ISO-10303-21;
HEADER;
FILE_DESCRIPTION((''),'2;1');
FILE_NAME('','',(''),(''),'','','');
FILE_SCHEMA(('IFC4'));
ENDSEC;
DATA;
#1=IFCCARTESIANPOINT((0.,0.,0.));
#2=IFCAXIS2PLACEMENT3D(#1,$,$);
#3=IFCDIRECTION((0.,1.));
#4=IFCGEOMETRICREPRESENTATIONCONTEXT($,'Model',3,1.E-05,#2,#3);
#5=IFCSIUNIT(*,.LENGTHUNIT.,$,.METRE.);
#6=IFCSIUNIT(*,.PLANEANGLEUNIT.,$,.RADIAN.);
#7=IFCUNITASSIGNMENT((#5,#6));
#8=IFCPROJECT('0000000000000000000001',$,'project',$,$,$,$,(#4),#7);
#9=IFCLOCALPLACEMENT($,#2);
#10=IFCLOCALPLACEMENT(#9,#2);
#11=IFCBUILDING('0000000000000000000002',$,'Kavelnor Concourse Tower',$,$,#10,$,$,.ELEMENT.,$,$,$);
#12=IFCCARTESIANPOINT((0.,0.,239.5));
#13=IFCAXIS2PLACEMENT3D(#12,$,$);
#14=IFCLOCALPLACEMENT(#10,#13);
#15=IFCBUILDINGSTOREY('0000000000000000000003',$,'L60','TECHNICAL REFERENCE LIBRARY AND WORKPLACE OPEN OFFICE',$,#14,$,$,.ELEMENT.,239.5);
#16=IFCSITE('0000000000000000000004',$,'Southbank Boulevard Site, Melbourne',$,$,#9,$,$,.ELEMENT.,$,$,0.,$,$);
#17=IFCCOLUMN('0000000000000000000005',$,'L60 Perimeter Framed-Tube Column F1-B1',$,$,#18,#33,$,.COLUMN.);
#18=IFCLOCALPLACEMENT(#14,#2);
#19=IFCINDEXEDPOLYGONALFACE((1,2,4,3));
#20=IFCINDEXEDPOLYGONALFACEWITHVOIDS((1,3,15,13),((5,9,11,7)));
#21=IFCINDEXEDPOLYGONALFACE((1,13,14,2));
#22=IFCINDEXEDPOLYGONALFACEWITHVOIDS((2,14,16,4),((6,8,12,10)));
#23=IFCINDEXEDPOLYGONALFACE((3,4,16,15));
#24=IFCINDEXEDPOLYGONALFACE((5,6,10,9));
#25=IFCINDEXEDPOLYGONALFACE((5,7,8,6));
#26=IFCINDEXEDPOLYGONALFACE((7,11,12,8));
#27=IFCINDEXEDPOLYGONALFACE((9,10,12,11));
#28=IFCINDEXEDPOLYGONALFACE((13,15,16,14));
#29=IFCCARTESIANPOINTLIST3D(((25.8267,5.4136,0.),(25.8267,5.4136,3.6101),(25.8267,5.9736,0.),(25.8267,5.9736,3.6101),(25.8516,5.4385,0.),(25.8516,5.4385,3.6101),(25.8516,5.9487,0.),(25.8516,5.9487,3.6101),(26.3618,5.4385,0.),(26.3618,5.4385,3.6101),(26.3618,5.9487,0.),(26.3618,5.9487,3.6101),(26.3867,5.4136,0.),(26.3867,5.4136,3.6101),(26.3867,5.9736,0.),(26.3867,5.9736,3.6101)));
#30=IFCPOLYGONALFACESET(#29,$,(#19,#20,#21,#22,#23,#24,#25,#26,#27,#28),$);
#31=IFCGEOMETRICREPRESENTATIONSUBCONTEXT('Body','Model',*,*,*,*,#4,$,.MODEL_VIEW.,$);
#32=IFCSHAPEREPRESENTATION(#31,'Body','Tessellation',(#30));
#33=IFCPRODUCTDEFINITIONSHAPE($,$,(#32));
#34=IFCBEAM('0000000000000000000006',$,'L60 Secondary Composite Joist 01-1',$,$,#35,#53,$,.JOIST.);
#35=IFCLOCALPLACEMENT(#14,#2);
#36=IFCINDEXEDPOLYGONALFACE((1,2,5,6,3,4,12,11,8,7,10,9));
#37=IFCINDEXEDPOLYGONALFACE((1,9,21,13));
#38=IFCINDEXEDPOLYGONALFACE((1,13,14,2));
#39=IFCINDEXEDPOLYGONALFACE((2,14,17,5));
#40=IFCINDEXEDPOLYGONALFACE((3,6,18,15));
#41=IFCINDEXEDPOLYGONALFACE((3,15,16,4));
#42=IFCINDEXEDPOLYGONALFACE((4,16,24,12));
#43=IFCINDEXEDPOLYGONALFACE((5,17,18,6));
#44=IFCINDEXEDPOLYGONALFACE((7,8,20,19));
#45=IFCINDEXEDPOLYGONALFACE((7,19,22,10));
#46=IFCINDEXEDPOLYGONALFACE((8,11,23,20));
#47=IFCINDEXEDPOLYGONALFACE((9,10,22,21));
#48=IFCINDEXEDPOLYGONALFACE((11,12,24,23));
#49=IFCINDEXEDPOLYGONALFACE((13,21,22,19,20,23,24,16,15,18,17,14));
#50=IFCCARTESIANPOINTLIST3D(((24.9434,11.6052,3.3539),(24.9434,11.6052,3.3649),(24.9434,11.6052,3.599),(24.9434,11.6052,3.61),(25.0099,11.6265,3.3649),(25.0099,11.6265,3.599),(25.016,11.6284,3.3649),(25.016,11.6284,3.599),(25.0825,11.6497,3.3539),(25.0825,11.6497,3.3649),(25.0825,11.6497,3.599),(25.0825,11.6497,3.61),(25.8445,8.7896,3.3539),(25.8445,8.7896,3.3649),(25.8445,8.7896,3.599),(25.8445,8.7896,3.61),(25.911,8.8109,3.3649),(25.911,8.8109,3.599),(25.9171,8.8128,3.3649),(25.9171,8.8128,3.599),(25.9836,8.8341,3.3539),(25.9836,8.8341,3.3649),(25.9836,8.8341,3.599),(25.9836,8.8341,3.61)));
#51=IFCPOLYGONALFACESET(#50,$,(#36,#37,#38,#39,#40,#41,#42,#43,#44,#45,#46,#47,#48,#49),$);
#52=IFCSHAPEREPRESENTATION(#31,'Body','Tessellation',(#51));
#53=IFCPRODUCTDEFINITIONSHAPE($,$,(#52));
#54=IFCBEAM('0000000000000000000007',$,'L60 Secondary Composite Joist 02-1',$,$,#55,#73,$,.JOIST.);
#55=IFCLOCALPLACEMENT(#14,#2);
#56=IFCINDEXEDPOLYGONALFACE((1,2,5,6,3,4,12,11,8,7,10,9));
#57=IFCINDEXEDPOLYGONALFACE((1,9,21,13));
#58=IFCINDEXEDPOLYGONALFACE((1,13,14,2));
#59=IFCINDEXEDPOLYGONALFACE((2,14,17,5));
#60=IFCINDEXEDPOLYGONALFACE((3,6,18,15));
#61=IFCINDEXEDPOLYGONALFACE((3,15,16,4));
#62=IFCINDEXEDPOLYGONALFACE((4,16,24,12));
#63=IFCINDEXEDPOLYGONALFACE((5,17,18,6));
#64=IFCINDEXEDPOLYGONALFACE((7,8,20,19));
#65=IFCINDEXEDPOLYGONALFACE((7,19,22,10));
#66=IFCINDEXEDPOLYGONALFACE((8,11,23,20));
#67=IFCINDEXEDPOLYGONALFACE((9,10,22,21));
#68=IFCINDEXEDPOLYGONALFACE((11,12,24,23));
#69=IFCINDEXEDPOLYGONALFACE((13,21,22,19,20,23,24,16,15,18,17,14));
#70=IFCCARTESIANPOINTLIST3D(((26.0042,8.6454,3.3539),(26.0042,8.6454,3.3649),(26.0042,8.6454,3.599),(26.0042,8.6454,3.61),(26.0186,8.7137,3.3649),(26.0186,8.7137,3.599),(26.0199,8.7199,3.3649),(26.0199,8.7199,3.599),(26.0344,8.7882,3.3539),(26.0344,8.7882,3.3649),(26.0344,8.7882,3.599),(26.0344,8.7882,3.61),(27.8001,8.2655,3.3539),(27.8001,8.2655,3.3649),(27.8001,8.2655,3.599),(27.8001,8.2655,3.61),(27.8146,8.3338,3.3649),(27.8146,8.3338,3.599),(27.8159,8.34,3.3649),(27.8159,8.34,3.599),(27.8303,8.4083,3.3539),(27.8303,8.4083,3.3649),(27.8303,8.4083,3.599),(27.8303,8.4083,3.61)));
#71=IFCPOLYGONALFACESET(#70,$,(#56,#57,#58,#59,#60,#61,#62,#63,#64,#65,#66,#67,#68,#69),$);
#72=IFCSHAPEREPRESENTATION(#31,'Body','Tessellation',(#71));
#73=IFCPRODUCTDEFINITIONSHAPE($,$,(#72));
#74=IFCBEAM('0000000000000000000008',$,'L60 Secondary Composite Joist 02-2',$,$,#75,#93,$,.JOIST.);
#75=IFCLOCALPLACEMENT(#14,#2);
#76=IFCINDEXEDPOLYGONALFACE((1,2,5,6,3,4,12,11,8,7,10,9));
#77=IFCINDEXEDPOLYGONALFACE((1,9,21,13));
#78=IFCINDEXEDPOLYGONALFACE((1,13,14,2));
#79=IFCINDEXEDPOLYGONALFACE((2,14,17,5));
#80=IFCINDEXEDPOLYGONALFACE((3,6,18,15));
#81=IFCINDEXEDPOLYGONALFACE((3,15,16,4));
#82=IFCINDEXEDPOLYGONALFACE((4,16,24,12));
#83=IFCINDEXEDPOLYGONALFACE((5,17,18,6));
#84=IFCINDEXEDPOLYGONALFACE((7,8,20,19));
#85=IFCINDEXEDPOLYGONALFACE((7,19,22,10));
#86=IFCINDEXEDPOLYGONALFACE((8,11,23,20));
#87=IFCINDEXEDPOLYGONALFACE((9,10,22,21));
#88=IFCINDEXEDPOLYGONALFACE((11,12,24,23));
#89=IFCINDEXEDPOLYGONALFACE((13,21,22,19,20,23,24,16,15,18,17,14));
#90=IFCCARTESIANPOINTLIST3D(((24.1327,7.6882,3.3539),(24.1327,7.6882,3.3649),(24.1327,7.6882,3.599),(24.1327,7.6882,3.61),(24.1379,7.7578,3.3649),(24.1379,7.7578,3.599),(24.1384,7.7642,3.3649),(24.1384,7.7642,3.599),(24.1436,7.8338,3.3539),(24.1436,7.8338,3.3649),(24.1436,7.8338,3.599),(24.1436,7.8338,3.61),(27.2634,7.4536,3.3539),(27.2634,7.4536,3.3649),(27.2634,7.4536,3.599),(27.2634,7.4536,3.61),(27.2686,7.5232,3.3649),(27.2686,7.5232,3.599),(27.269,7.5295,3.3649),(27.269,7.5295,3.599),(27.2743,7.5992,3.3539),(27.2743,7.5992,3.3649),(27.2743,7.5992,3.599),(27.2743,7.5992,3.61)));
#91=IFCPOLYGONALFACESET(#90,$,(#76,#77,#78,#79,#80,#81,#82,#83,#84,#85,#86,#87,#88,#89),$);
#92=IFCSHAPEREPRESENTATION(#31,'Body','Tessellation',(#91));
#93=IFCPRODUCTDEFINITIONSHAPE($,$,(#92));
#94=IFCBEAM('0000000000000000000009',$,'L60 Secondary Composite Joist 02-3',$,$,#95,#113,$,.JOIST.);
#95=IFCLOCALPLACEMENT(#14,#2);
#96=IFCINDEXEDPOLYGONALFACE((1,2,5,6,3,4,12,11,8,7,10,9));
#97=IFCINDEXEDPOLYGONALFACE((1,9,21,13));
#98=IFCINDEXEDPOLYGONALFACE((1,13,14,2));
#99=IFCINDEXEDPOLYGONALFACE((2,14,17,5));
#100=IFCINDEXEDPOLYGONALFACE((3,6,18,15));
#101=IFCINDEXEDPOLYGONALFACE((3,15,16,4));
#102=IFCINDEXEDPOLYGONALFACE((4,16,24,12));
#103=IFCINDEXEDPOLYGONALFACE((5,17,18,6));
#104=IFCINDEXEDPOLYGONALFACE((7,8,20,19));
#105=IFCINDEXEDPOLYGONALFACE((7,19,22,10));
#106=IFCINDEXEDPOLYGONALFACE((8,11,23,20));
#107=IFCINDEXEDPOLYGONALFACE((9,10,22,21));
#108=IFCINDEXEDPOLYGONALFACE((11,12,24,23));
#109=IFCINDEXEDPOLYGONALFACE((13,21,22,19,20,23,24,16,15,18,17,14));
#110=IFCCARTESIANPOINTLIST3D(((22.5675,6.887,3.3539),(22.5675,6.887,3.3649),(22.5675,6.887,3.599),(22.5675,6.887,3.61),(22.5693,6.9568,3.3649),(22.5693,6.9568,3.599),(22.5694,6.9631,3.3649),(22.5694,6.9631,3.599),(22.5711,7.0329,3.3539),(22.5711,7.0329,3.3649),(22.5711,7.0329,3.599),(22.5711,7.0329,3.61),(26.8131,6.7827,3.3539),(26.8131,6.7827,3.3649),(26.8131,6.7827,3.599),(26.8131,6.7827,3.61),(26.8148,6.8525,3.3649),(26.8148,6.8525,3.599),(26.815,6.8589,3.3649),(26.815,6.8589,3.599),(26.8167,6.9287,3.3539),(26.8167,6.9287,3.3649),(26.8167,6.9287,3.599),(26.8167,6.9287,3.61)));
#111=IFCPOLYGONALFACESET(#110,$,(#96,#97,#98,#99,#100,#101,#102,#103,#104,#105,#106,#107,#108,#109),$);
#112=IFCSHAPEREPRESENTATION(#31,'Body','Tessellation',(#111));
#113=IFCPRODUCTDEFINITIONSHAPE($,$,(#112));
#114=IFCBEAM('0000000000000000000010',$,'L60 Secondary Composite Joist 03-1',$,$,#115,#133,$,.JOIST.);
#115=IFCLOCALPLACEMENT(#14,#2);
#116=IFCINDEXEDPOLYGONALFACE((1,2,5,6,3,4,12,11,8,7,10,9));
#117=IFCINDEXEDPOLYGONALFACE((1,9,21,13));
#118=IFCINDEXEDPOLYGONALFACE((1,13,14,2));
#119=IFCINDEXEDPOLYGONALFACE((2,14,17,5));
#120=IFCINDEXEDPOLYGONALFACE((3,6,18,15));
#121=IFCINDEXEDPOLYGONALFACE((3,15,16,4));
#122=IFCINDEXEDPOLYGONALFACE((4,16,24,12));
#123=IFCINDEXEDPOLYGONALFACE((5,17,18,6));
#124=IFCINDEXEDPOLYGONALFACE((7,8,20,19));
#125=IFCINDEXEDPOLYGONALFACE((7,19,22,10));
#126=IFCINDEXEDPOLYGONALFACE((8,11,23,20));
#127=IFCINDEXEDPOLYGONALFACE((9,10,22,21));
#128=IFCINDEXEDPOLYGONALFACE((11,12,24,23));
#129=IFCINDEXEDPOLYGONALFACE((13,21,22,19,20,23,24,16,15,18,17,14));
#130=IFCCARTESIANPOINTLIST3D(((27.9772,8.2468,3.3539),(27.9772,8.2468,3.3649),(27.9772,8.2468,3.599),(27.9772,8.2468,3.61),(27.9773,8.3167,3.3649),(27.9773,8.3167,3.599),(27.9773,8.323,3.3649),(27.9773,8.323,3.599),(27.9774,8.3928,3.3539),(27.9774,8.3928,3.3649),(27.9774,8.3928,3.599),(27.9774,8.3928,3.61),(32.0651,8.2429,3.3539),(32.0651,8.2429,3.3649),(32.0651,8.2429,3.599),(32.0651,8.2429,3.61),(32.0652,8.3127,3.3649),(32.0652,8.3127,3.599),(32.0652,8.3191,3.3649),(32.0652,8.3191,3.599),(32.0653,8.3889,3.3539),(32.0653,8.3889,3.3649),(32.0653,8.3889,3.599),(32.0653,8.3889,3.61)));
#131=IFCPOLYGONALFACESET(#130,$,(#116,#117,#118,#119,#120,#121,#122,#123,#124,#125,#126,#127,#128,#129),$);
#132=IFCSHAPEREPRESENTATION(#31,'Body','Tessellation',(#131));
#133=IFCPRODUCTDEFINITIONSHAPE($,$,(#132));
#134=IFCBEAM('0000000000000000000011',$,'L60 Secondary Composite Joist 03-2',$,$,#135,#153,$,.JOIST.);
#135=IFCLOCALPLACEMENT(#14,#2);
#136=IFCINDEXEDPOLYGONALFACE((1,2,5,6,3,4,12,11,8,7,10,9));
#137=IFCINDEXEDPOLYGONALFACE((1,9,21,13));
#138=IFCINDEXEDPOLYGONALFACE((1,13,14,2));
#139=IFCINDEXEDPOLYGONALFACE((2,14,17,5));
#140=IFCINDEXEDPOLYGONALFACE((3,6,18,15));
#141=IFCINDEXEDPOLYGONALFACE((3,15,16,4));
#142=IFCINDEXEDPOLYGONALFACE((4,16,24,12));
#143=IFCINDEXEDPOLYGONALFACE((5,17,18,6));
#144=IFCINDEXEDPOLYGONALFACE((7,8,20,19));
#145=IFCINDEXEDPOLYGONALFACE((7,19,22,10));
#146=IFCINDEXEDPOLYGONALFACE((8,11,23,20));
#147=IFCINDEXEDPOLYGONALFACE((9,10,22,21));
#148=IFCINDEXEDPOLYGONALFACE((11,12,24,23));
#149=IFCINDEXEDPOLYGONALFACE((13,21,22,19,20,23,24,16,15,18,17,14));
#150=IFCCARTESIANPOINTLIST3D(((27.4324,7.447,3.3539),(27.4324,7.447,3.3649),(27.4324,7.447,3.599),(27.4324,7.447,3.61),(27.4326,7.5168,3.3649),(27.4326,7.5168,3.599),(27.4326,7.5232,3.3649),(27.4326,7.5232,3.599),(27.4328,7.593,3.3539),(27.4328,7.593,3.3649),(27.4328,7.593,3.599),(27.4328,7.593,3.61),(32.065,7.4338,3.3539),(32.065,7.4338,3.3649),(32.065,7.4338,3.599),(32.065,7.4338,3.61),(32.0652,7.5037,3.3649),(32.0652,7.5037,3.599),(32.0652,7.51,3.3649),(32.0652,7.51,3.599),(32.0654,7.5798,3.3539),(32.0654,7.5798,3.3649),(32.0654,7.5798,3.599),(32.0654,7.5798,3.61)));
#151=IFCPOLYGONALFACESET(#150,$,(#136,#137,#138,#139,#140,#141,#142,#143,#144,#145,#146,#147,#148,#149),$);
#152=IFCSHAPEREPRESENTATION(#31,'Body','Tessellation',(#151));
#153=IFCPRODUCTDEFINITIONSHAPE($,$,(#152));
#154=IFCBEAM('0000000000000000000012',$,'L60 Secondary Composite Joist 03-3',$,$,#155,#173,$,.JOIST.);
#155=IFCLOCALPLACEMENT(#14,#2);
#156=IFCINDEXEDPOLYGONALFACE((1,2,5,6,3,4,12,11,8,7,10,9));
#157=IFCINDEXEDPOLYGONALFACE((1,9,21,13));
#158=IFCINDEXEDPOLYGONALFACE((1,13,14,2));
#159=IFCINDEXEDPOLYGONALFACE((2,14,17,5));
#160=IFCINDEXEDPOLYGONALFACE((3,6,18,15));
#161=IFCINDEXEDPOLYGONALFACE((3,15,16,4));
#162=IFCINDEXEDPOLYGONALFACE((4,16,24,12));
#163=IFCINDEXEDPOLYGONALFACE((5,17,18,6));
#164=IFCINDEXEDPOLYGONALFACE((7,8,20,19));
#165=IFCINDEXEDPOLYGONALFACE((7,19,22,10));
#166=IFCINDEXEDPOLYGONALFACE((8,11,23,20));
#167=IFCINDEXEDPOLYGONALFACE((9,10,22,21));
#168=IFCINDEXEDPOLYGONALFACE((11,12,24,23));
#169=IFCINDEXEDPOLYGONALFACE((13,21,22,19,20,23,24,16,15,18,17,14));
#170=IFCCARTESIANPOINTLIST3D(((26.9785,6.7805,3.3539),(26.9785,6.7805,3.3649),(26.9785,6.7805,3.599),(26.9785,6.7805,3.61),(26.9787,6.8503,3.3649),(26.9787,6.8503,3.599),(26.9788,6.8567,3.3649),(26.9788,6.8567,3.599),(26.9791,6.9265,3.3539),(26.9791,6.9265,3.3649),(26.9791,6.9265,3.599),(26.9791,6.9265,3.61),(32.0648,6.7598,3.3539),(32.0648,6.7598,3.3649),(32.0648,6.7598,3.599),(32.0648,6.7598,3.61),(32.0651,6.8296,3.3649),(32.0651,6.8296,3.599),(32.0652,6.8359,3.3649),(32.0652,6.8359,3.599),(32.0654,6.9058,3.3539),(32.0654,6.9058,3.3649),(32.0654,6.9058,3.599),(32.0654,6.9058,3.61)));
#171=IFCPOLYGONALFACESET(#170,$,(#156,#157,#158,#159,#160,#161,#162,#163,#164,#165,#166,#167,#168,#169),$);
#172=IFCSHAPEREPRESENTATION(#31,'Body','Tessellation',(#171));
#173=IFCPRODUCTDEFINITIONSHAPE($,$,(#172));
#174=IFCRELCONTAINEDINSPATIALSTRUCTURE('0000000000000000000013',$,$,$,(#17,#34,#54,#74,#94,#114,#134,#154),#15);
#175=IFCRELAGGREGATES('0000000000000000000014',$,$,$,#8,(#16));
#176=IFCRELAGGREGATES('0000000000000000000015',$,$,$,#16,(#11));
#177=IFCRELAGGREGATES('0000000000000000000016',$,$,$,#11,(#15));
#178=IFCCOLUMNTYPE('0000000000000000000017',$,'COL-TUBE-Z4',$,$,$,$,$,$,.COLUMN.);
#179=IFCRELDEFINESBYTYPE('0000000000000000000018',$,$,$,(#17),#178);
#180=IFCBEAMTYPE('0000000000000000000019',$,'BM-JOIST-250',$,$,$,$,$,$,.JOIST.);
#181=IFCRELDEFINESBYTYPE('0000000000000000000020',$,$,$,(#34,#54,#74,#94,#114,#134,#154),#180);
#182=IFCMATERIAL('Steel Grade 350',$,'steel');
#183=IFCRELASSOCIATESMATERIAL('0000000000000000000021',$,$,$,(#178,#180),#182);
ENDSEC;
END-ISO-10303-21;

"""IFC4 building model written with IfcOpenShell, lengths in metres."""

from ifc_helpers import new_model, si_unit, direction, frame, origin, origin_2d, place, context, subcontext, project, spatial, hollow_rectangle, i_section, extrude, material, material_profile, profile_set, type_object, element, save


model = new_model("IFC4")

# Units and contexts
model_context = context("Model", 3, precision=1e-05, world=origin(), true_north=direction((0.0, 1.0)))
body_context = subcontext(model_context, "Body", "Model", "MODEL_VIEW")
ifc_project = project(units=[si_unit("LENGTHUNIT", "METRE"), si_unit("PLANEANGLEUNIT", "RADIAN")], contexts=[model_context])

# Site, building, storey
site_placement = place(None, origin())
site = spatial("IfcSite", under=ifc_project, at=site_placement, Name="Southbank Boulevard Site, Melbourne", CompositionType="ELEMENT", RefElevation=0.0)
building_placement = place(site_placement, origin())
building = spatial("IfcBuilding", under=site, at=building_placement, Name="Kavelnor Concourse Tower", CompositionType="ELEMENT")
storey_placement = place(building_placement, frame((0.0, 0.0, 239.5)))
storey = spatial("IfcBuildingStorey", under=building, at=storey_placement, Name="L60", Description="TECHNICAL REFERENCE LIBRARY AND WORKPLACE OPEN OFFICE", CompositionType="ELEMENT", Elevation=239.5)

# Column
ifc_material_1 = material(Name="Steel Grade 350", Category="steel")
ifc_material_profile_1 = material_profile(ifc_material_1, hollow_rectangle(XDim=0.5601, YDim=0.5601, WallThickness=0.0249, at=origin_2d()), Name="SHS 560x560x25")
ifc_profile_set_1 = profile_set([ifc_material_profile_1], Name="Steel Grade 350")
column_type = type_object("IfcColumnType", Name="COL-TUBE-Z4", PredefinedType="COLUMN", material=ifc_profile_set_1)
column_placement = place(storey_placement, frame((26.1067, 5.6936, 0.0), z_axis=(0.0, 0.0, 1.0), x_axis=(1.0, 0.0, 0.0)))
element("IfcColumn", 1, at=column_placement, inside=storey, type_object=column_type, Name="L60 Perimeter Framed-Tube Column F1-B1", PredefinedType="COLUMN", context=body_context, shape_type="SweptSolid", body=[
    extrude(hollow_rectangle(XDim=0.5601, YDim=0.5601, WallThickness=0.0249, at=origin_2d()), origin(), (0.0, 0.0, 1.0), 3.6101),
])

# Beams
ifc_material_profile_2 = material_profile(ifc_material_1, i_section(OverallWidth=0.146, OverallDepth=0.2561, WebThickness=0.0063, FlangeThickness=0.011, at=origin_2d()), Name="250UB37")
ifc_profile_set_2 = profile_set([ifc_material_profile_2], Name="Steel Grade 350")
beam_type_1 = type_object("IfcBeamType", Name="BM-JOIST-250", PredefinedType="JOIST", material=ifc_profile_set_2)
beam_1_placement = place(storey_placement, frame((25.0129, 11.6274, 3.4819), z_axis=(0.304809, -0.952414, 0.0), x_axis=(0.952414, 0.304809, 0.0)))
element("IfcBeam", 2, at=beam_1_placement, inside=storey, type_object=beam_type_1, Name="L60 Secondary Composite Joist 01-1", PredefinedType="JOIST", context=body_context, shape_type="SweptSolid", body=[
    extrude(i_section(OverallWidth=0.146, OverallDepth=0.2561, WebThickness=0.0063, FlangeThickness=0.011, at=origin_2d()), origin(), (0.0, 0.0, 1.0), 2.9563),
])
beam_2_placement = place(storey_placement, frame((26.0193, 8.7168, 3.4819), z_axis=(0.978352, -0.206949, 0.0), x_axis=(0.206949, 0.978352, 0.0)))
element("IfcBeam", 3, at=beam_2_placement, inside=storey, type_object=beam_type_1, Name="L60 Secondary Composite Joist 02-1", PredefinedType="JOIST", context=body_context, shape_type="SweptSolid", body=[
    extrude(i_section(OverallWidth=0.146, OverallDepth=0.2561, WebThickness=0.0063, FlangeThickness=0.011, at=origin_2d()), origin(), (0.0, 0.0, 1.0), 1.8357),
])
beam_3_placement = place(storey_placement, frame((24.1382, 7.761, 3.4819), z_axis=(0.997204, -0.074734, 0.0), x_axis=(0.074734, 0.997204, 0.0)))
element("IfcBeam", 4, at=beam_3_placement, inside=storey, type_object=beam_type_1, Name="L60 Secondary Composite Joist 02-2", PredefinedType="JOIST", context=body_context, shape_type="SweptSolid", body=[
    extrude(i_section(OverallWidth=0.146, OverallDepth=0.2561, WebThickness=0.0063, FlangeThickness=0.011, at=origin_2d()), origin(), (0.0, 0.0, 1.0), 3.1394),
])
beam_4_placement = place(storey_placement, frame((22.5693, 6.96, 3.4819), z_axis=(0.999699, -0.024547, 0.0), x_axis=(0.024547, 0.999699, 0.0)))
element("IfcBeam", 5, at=beam_4_placement, inside=storey, type_object=beam_type_1, Name="L60 Secondary Composite Joist 02-3", PredefinedType="JOIST", context=body_context, shape_type="SweptSolid", body=[
    extrude(i_section(OverallWidth=0.146, OverallDepth=0.2561, WebThickness=0.0063, FlangeThickness=0.011, at=origin_2d()), origin(), (0.0, 0.0, 1.0), 4.2468),
])
beam_5_placement = place(storey_placement, frame((27.9773, 8.3198, 3.4819), z_axis=(1.0, -0.000956, 0.0), x_axis=(0.000956, 1.0, 0.0)))
element("IfcBeam", 6, at=beam_5_placement, inside=storey, type_object=beam_type_1, Name="L60 Secondary Composite Joist 03-1", PredefinedType="JOIST", context=body_context, shape_type="SweptSolid", body=[
    extrude(i_section(OverallWidth=0.146, OverallDepth=0.2561, WebThickness=0.0063, FlangeThickness=0.011, at=origin_2d()), origin(), (0.0, 0.0, 1.0), 4.0879),
])
beam_6_placement = place(storey_placement, frame((27.4326, 7.52, 3.4819), z_axis=(0.999996, -0.002846, 0.0), x_axis=(0.002846, 0.999996, 0.0)))
element("IfcBeam", 7, at=beam_6_placement, inside=storey, type_object=beam_type_1, Name="L60 Secondary Composite Joist 03-2", PredefinedType="JOIST", context=body_context, shape_type="SweptSolid", body=[
    extrude(i_section(OverallWidth=0.146, OverallDepth=0.2561, WebThickness=0.0063, FlangeThickness=0.011, at=origin_2d()), origin(), (0.0, 0.0, 1.0), 4.6326),
])
beam_7_placement = place(storey_placement, frame((26.9788, 6.8535, 3.4819), z_axis=(0.999992, -0.00408, 0.0), x_axis=(0.00408, 0.999992, 0.0)))
element("IfcBeam", 8, at=beam_7_placement, inside=storey, type_object=beam_type_1, Name="L60 Secondary Composite Joist 03-3", PredefinedType="JOIST", context=body_context, shape_type="SweptSolid", body=[
    extrude(i_section(OverallWidth=0.146, OverallDepth=0.2561, WebThickness=0.0063, FlangeThickness=0.011, at=origin_2d()), origin(), (0.0, 0.0, 1.0), 5.0864),
])

save(model, "model.ifc")
